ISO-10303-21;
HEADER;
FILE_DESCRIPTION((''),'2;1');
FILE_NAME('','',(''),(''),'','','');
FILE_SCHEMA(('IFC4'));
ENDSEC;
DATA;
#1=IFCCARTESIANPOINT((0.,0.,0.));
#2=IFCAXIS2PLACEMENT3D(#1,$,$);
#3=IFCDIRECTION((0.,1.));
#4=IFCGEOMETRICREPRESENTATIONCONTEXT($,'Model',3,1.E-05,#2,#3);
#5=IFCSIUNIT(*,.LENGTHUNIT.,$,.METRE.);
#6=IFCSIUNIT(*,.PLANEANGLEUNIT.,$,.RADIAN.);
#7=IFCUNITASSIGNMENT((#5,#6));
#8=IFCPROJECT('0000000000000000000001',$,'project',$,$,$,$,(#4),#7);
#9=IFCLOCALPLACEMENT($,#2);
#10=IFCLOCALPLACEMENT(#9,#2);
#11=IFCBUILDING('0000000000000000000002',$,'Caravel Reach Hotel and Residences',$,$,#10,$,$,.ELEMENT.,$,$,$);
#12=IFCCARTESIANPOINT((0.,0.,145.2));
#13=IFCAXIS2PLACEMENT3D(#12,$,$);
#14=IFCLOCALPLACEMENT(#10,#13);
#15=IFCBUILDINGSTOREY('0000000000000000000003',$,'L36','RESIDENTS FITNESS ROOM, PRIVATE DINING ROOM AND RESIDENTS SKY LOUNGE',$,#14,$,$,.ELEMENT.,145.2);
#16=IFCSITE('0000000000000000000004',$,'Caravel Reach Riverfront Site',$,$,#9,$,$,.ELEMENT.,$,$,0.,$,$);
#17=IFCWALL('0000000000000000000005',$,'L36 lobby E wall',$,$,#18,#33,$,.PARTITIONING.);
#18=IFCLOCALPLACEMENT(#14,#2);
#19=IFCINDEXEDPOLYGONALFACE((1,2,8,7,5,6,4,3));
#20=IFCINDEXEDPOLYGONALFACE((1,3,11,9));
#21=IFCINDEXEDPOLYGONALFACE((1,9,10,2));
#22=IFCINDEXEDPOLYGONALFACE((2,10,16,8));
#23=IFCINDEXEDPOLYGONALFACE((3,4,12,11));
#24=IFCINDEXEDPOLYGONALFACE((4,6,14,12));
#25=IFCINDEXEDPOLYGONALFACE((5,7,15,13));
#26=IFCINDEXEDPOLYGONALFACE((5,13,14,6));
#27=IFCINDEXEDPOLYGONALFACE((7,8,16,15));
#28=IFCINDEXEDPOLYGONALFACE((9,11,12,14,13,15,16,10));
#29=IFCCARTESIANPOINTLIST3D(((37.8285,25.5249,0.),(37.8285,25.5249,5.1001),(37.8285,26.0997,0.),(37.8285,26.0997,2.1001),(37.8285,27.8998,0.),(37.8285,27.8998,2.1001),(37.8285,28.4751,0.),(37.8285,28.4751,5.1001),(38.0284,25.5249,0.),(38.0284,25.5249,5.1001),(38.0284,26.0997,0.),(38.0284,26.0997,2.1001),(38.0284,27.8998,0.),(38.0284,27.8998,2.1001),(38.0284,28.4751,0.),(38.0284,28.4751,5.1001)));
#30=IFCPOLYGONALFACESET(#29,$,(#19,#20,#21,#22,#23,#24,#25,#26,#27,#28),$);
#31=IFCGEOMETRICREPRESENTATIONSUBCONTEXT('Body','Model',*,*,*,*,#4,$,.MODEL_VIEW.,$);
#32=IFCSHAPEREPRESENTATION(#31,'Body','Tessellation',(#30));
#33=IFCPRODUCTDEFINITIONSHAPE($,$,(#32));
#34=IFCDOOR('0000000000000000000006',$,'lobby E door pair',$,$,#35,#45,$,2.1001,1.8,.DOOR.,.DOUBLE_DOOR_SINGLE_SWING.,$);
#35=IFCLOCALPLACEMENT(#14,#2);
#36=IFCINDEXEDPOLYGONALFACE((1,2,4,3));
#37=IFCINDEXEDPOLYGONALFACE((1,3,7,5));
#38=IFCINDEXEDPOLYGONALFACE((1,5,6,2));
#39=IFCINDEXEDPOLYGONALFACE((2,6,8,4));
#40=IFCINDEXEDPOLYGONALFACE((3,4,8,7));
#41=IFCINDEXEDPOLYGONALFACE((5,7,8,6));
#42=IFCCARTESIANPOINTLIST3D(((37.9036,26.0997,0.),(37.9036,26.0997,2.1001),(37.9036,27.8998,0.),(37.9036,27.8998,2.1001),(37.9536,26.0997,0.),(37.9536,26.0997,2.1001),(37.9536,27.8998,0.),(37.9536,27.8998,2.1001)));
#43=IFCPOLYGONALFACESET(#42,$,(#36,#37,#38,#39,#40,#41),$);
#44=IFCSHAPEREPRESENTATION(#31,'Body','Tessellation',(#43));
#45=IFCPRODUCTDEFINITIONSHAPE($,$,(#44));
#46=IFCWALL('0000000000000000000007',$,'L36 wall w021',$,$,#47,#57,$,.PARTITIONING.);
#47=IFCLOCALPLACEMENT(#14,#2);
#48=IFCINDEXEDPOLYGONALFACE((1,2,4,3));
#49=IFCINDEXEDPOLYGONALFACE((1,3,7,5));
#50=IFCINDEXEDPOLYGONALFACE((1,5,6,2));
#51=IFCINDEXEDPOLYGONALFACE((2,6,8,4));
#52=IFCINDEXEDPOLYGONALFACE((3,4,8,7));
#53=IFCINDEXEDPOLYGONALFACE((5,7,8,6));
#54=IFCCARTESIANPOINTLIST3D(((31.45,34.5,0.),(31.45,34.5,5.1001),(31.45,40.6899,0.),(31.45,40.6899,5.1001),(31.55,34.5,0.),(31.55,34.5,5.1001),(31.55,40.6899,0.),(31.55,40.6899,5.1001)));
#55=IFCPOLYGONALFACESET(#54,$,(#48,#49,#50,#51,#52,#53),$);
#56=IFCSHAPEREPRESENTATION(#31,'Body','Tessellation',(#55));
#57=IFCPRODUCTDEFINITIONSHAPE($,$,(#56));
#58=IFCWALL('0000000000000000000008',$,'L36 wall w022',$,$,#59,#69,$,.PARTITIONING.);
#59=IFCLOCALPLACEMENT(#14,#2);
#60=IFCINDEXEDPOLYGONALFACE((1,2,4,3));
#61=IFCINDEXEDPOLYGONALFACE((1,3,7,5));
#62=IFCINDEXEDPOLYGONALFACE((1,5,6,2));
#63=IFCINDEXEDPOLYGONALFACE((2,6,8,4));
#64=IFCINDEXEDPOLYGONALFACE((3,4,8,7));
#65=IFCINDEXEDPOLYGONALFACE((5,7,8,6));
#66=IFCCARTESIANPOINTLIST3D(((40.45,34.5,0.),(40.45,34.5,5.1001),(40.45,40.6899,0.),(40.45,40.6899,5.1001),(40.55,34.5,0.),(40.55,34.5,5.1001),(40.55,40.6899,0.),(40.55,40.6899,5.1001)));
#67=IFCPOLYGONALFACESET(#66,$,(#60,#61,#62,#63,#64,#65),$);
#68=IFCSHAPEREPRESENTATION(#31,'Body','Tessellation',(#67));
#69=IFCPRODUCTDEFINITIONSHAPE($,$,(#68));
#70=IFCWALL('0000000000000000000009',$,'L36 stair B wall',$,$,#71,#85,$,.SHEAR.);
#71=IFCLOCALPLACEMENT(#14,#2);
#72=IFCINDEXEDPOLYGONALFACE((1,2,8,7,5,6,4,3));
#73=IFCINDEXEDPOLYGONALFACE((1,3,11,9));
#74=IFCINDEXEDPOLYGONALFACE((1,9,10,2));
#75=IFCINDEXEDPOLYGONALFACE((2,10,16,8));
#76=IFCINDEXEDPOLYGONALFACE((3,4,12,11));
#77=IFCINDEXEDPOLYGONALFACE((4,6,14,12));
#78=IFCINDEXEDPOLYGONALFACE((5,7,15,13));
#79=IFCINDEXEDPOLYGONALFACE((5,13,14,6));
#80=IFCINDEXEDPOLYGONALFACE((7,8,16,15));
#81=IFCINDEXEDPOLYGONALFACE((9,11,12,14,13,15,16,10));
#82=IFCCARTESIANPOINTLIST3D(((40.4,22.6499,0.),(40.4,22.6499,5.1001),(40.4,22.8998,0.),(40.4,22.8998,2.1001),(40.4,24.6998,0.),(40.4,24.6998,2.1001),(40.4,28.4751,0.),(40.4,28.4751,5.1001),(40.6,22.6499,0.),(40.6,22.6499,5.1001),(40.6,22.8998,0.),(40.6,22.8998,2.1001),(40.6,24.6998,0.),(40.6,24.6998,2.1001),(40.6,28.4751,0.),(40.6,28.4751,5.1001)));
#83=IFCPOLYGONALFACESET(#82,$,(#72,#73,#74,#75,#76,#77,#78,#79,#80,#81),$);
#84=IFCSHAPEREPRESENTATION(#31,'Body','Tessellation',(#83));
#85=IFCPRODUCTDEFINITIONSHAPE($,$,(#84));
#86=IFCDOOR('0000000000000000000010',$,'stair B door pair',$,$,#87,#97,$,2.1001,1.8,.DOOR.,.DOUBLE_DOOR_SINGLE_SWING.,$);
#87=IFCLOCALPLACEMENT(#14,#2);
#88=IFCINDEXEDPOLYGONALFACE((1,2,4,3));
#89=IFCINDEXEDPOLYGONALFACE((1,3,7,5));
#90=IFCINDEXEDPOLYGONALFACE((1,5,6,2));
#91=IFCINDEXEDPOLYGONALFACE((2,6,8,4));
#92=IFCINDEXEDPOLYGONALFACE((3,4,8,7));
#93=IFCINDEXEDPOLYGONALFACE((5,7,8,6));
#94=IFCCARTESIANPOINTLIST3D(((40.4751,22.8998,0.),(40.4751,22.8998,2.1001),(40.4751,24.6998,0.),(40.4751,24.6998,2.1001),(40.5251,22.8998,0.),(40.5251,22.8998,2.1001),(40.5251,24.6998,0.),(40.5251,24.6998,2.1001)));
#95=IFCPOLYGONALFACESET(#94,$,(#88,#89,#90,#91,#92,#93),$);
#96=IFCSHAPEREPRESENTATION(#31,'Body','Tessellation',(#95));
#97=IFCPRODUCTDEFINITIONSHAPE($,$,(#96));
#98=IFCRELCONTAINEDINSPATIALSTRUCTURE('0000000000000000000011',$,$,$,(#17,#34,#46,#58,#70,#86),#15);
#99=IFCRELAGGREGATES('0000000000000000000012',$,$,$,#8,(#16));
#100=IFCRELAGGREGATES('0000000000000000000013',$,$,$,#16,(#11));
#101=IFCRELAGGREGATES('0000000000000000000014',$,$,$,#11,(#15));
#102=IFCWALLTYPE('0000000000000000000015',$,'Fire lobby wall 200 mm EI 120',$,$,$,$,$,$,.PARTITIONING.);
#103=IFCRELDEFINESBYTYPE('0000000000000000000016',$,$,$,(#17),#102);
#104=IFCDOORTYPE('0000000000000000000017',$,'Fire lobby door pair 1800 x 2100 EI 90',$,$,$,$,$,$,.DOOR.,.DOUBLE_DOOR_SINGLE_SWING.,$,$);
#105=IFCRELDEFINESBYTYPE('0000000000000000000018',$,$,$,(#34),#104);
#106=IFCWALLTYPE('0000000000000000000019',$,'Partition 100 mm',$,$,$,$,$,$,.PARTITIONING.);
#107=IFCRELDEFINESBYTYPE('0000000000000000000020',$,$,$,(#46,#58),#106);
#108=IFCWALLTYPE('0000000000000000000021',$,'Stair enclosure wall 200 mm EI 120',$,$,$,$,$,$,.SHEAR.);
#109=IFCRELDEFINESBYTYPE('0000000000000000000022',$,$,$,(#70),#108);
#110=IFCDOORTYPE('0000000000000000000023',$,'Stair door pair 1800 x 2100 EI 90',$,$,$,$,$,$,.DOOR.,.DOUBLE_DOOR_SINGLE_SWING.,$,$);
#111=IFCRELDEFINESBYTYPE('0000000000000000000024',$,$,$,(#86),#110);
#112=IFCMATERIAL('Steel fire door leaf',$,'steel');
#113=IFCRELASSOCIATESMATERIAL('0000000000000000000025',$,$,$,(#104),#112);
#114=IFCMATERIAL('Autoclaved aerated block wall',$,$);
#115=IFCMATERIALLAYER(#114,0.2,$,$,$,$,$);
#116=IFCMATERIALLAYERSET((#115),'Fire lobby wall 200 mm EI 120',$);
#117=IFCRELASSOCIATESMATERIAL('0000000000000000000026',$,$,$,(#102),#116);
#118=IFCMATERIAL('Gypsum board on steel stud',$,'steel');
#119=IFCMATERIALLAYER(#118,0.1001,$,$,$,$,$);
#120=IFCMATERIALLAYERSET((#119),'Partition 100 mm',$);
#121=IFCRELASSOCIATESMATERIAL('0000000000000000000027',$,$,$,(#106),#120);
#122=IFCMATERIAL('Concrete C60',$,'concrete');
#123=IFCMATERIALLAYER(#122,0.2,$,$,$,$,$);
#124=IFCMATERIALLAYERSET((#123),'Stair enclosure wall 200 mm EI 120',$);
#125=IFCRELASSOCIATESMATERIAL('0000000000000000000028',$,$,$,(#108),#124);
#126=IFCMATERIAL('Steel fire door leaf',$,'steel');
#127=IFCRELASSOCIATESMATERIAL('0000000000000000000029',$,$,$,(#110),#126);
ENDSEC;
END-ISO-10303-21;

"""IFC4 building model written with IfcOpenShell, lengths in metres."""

from ifc_helpers import new_model, si_unit, direction, frame, frame_2d, origin, place, context, subcontext, project, spatial, rectangle, extrude, material, layer, layer_set, type_object, element, fill, save


model = new_model("IFC4")

# Units and contexts
model_context = context("Model", 3, precision=1e-05, world=origin(), true_north=direction((0.0, 1.0)))
body_context = subcontext(model_context, "Body", "Model", "MODEL_VIEW")
ifc_project = project(units=[si_unit("LENGTHUNIT", "METRE"), si_unit("PLANEANGLEUNIT", "RADIAN")], contexts=[model_context])

# Site, building, storey
site_placement = place(None, origin())
site = spatial("IfcSite", under=ifc_project, at=site_placement, Name="Caravel Reach Riverfront Site", CompositionType="ELEMENT", RefElevation=0.0)
building_placement = place(site_placement, origin())
building = spatial("IfcBuilding", under=site, at=building_placement, Name="Caravel Reach Hotel and Residences", CompositionType="ELEMENT")
storey_placement = place(building_placement, frame((0.0, 0.0, 145.2)))
storey = spatial("IfcBuildingStorey", under=building, at=storey_placement, Name="L36", Description="RESIDENTS FITNESS ROOM, PRIVATE DINING ROOM AND RESIDENTS SKY LOUNGE", CompositionType="ELEMENT", Elevation=145.2)

# Shared definitions
ifc_material_1 = material(Name="Steel fire door leaf", Category="steel")
door_type_1 = type_object("IfcDoorType", Name="Fire lobby door pair 1800 x 2100 EI 90", OperationType="DOUBLE_DOOR_SINGLE_SWING", PredefinedType="DOOR", material=ifc_material_1)

# Wall, opening, door
ifc_material_2 = material(Name="Autoclaved aerated block wall")
ifc_layer_1 = layer(ifc_material_2, 0.2)
ifc_layer_set_1 = layer_set([ifc_layer_1], Name="Fire lobby wall 200 mm EI 120")
wall_type_1 = type_object("IfcWallType", Name="Fire lobby wall 200 mm EI 120", PredefinedType="PARTITIONING", material=ifc_layer_set_1)
wall_1_placement = place(storey_placement, frame((37.9285, 25.5249, 0.0), z_axis=(0.0, 0.0, 1.0), x_axis=(0.0, 1.0, 0.0)))
wall_1 = element("IfcWall", 1, at=wall_1_placement, inside=storey, type_object=wall_type_1, Name="L36 lobby E wall", PredefinedType="PARTITIONING", context=body_context, shape_type="SweptSolid", body=[
    extrude(rectangle(XDim=2.9502, YDim=0.2, at=frame_2d((1.4751, 0.0))), origin(), (0.0, 0.0, 1.0), 5.1001),
])
opening_1_placement = place(wall_1_placement, frame((0.575, 0.0, 0.0)))
opening_1 = element("IfcOpeningElement", 2, at=opening_1_placement, cuts=wall_1, PredefinedType="OPENING", context=body_context, shape_type="SweptSolid", body=[
    extrude(rectangle(XDim=1.8, YDim=2.1001, at=frame_2d((0.8999, 1.05))), frame((0.0, 0.1099, 0.0), z_axis=(0.0, -1.0, 0.0), x_axis=(1.0, 0.0, 0.0)), (0.0, 0.0, 1.0), 0.22),
])
door_1_placement = place(opening_1_placement, origin())
door_1 = element("IfcDoor", 3, at=door_1_placement, inside=storey, type_object=door_type_1, Name="lobby E door pair", OperationType="DOUBLE_DOOR_SINGLE_SWING", OverallHeight=2.1001, OverallWidth=1.8, PredefinedType="DOOR", context=body_context, shape_type="SweptSolid", body=[
    extrude(rectangle(XDim=1.8, YDim=2.1001, at=frame_2d((0.8999, 1.05))), frame((0.0, 0.0249, 0.0), z_axis=(0.0, -1.0, 0.0), x_axis=(1.0, 0.0, 0.0)), (0.0, 0.0, 1.0), 0.05),
])
fill(opening_1, door_1)

# Walls
ifc_material_3 = material(Name="Gypsum board on steel stud", Category="steel")
ifc_layer_2 = layer(ifc_material_3, 0.1001)
ifc_layer_set_2 = layer_set([ifc_layer_2], Name="Partition 100 mm")
wall_type_2 = type_object("IfcWallType", Name="Partition 100 mm", PredefinedType="PARTITIONING", material=ifc_layer_set_2)
for number, where, z_axis, x_axis, name in (
    (4, (31.5, 34.5, 0.0), (0.0, 0.0, 1.0), (0.0, 1.0, 0.0), "L36 wall w021"),
    (5, (40.5, 34.5, 0.0), (0.0, 0.0, 1.0), (0.0, 1.0, 0.0), "L36 wall w022"),
):
    element("IfcWall", number, at=place(storey_placement, frame(where, z_axis=z_axis, x_axis=x_axis)), inside=storey, type_object=wall_type_2, Name=name, PredefinedType="PARTITIONING", context=body_context, shape_type="SweptSolid", body=[
        extrude(rectangle(XDim=6.1899, YDim=0.1001, at=frame_2d((3.095, 0.0))), origin(), (0.0, 0.0, 1.0), 5.1001),
    ])

# Wall, opening, door
ifc_material_4 = material(Name="Concrete C60", Category="concrete")
ifc_layer_3 = layer(ifc_material_4, 0.2)
ifc_layer_set_3 = layer_set([ifc_layer_3], Name="Stair enclosure wall 200 mm EI 120")
wall_type_3 = type_object("IfcWallType", Name="Stair enclosure wall 200 mm EI 120", PredefinedType="SHEAR", material=ifc_layer_set_3)
wall_2_placement = place(storey_placement, frame((40.5, 22.6499, 0.0), z_axis=(0.0, 0.0, 1.0), x_axis=(0.0, 1.0, 0.0)))
wall_2 = element("IfcWall", 6, at=wall_2_placement, inside=storey, type_object=wall_type_3, Name="L36 stair B wall", PredefinedType="SHEAR", context=body_context, shape_type="SweptSolid", body=[
    extrude(rectangle(XDim=5.8252, YDim=0.2, at=frame_2d((2.9126, 0.0))), origin(), (0.0, 0.0, 1.0), 5.1001),
])
opening_2_placement = place(wall_2_placement, frame((0.25, 0.0, 0.0)))
opening_2 = element("IfcOpeningElement", 7, at=opening_2_placement, cuts=wall_2, PredefinedType="OPENING", context=body_context, shape_type="SweptSolid", body=[
    extrude(rectangle(XDim=1.8, YDim=2.1001, at=frame_2d((0.8999, 1.05))), frame((0.0, 0.1099, 0.0), z_axis=(0.0, -1.0, 0.0), x_axis=(1.0, 0.0, 0.0)), (0.0, 0.0, 1.0), 0.22),
])
ifc_material_5 = material(Name="Steel fire door leaf", Category="steel")
door_type_2 = type_object("IfcDoorType", Name="Stair door pair 1800 x 2100 EI 90", OperationType="DOUBLE_DOOR_SINGLE_SWING", PredefinedType="DOOR", material=ifc_material_5)
door_2_placement = place(opening_2_placement, origin())
door_2 = element("IfcDoor", 8, at=door_2_placement, inside=storey, type_object=door_type_2, Name="stair B door pair", OperationType="DOUBLE_DOOR_SINGLE_SWING", OverallHeight=2.1001, OverallWidth=1.8, PredefinedType="DOOR", context=body_context, shape_type="SweptSolid", body=[
    extrude(rectangle(XDim=1.8, YDim=2.1001, at=frame_2d((0.8999, 1.05))), frame((0.0, 0.0249, 0.0), z_axis=(0.0, -1.0, 0.0), x_axis=(1.0, 0.0, 0.0)), (0.0, 0.0, 1.0), 0.05),
])
fill(opening_2, door_2)

save(model, "model.ifc")
